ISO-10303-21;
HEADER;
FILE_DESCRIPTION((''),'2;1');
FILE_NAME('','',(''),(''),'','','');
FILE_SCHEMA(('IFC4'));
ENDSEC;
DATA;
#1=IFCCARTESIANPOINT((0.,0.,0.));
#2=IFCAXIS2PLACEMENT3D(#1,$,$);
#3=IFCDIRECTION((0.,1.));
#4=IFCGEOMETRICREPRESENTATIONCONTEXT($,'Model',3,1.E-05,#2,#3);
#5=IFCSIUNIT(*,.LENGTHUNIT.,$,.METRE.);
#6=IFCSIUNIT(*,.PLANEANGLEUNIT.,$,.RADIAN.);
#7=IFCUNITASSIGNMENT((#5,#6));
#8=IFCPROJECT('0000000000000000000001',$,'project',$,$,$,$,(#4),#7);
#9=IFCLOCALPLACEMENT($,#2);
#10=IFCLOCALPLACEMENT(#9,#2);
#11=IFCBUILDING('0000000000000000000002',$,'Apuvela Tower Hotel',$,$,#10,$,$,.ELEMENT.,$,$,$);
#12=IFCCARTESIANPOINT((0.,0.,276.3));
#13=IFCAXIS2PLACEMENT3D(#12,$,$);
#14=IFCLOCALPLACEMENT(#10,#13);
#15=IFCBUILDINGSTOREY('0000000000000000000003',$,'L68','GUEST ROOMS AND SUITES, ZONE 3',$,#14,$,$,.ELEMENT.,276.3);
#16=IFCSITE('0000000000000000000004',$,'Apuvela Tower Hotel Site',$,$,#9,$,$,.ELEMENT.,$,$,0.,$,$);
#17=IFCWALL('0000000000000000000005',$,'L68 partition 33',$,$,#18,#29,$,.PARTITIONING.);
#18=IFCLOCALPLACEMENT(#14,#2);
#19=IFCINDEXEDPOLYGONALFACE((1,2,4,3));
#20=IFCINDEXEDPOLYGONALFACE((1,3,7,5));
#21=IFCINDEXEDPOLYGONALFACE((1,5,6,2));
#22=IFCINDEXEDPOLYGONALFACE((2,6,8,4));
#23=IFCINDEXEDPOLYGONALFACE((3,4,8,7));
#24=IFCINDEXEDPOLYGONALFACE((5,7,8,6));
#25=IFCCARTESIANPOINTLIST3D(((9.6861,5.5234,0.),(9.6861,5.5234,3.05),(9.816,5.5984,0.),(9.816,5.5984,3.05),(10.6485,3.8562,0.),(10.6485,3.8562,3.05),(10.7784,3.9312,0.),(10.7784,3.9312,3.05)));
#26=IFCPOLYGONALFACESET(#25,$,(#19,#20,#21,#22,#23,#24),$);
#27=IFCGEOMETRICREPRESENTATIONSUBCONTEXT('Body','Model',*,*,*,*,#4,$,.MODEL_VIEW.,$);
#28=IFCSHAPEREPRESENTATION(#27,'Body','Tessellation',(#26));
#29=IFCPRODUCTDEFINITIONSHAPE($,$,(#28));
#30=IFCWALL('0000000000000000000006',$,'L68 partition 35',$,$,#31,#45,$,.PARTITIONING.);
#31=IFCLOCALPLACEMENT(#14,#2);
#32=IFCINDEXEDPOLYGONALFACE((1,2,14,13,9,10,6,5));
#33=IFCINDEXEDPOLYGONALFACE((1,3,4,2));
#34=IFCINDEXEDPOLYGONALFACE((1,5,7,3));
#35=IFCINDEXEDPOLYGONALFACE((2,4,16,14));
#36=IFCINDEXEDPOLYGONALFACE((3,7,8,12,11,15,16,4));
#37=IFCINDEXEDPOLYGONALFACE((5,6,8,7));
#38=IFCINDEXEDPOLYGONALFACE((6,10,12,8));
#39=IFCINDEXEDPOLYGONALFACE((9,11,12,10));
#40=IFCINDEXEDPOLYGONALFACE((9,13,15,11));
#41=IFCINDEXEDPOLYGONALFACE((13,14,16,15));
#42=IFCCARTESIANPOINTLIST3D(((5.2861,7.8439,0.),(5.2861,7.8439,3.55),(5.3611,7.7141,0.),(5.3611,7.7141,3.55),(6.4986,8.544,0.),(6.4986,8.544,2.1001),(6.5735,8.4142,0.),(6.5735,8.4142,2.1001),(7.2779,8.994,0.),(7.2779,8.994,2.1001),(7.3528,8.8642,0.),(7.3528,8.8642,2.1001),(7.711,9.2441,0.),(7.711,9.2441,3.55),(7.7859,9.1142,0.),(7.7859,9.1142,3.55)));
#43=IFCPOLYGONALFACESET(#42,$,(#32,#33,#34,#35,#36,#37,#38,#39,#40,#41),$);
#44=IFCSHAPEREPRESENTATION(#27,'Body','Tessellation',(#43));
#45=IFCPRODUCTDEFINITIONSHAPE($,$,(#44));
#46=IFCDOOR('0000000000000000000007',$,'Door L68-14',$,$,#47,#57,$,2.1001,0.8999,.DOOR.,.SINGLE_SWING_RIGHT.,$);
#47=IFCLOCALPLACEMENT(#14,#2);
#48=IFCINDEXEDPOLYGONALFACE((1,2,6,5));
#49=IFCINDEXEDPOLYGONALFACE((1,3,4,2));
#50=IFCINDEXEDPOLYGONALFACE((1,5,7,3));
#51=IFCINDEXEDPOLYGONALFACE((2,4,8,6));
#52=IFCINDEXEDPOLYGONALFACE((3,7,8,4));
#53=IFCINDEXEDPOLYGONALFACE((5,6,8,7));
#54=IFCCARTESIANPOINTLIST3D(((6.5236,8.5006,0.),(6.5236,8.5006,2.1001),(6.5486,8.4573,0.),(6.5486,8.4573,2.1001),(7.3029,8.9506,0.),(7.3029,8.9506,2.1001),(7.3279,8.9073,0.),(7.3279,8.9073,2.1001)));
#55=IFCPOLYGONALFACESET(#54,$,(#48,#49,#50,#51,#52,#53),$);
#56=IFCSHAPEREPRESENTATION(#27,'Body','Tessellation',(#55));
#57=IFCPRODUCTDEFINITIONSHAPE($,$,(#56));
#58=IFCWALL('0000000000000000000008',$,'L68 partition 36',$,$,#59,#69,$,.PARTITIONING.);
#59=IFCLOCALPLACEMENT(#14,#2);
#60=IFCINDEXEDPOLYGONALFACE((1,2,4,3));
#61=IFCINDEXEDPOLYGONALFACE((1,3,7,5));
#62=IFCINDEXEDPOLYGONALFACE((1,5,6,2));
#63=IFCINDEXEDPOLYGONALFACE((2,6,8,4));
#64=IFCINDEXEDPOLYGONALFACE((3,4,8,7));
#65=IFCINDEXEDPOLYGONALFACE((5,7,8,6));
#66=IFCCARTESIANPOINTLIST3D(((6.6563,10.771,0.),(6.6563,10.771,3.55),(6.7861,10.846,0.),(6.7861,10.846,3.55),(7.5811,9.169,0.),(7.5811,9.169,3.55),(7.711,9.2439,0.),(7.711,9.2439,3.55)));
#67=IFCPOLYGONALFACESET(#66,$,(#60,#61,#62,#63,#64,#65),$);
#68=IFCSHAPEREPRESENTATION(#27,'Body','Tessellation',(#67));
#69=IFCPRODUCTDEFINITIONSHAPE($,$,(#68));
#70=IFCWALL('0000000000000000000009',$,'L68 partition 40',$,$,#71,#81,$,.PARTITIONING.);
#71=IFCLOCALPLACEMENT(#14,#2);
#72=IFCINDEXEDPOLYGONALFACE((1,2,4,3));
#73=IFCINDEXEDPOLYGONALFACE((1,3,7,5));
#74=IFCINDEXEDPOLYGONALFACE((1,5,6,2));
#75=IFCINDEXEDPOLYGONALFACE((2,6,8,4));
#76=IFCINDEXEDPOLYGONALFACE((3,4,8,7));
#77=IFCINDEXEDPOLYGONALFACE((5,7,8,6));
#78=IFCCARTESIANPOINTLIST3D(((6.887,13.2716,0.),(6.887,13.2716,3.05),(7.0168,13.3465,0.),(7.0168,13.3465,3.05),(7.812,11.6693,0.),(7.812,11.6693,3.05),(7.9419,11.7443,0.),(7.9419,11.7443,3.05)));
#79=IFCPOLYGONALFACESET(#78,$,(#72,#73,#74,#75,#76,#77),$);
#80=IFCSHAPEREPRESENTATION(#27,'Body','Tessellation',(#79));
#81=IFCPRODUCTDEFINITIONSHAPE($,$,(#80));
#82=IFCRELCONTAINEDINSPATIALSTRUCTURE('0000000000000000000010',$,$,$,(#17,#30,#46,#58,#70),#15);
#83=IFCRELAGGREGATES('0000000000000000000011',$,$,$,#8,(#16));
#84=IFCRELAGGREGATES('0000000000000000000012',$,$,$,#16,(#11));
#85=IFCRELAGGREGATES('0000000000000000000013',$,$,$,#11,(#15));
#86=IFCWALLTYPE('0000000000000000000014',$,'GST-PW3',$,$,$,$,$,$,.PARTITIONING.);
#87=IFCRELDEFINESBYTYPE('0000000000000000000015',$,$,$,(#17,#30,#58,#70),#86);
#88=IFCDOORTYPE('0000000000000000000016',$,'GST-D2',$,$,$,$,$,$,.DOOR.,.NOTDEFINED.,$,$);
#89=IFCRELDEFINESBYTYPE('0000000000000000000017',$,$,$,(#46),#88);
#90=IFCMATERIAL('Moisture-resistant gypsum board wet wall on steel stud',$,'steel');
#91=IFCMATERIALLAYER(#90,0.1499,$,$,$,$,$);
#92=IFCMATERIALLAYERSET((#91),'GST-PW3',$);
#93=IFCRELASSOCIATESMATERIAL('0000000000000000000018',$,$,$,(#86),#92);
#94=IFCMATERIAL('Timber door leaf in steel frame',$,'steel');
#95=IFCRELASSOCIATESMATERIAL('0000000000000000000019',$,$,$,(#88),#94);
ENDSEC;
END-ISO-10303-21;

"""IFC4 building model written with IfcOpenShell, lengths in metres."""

from ifc_helpers import new_model, si_unit, direction, frame, frame_2d, origin, place, context, subcontext, project, spatial, rectangle, extrude, material, layer, layer_set, type_object, element, fill, save


model = new_model("IFC4")

# Units and contexts
model_context = context("Model", 3, precision=1e-05, world=origin(), true_north=direction((0.0, 1.0)))
body_context = subcontext(model_context, "Body", "Model", "MODEL_VIEW")
ifc_project = project(units=[si_unit("LENGTHUNIT", "METRE"), si_unit("PLANEANGLEUNIT", "RADIAN")], contexts=[model_context])

# Site, building, storey
site_placement = place(None, origin())
site = spatial("IfcSite", under=ifc_project, at=site_placement, Name="Apuvela Tower Hotel Site", CompositionType="ELEMENT", RefElevation=0.0)
building_placement = place(site_placement, origin())
building = spatial("IfcBuilding", under=site, at=building_placement, Name="Apuvela Tower Hotel", CompositionType="ELEMENT")
storey_placement = place(building_placement, frame((0.0, 0.0, 276.3)))
storey = spatial("IfcBuildingStorey", under=building, at=storey_placement, Name="L68", Description="GUEST ROOMS AND SUITES, ZONE 3", CompositionType="ELEMENT", Elevation=276.3)

# Shared definitions
ifc_material_1 = material(Name="Timber door leaf in steel frame", Category="steel")
ifc_material_2 = material(Name="Moisture-resistant gypsum board wet wall on steel stud", Category="steel")
ifc_layer_1 = layer(ifc_material_2, 0.1499)
ifc_layer_set_1 = layer_set([ifc_layer_1], Name="GST-PW3")
wall_type_1 = type_object("IfcWallType", Name="GST-PW3", PredefinedType="PARTITIONING", material=ifc_layer_set_1)
door_type_1 = type_object("IfcDoorType", Name="GST-D2", OperationType="NOTDEFINED", PredefinedType="DOOR", material=ifc_material_1)

# Wall
wall_1_placement = place(storey_placement, frame((10.7134, 3.8938, 0.0), z_axis=(0.0, 0.0, 1.0), x_axis=(-0.499931, 0.866065, 0.0)))
element("IfcWall", 1, at=wall_1_placement, inside=storey, type_object=wall_type_1, Name="L68 partition 33", PredefinedType="PARTITIONING", context=body_context, shape_type="SweptSolid", body=[
    extrude(rectangle(XDim=1.925, YDim=0.1499, at=frame_2d((0.9624, 0.0))), origin(), (0.0, 0.0, 1.0), 3.05),
])

# Wall, opening, door
wall_2_placement = place(storey_placement, frame((5.3237, 7.7791, 0.0), z_axis=(0.0, 0.0, 1.0), x_axis=(0.865997, 0.50005, 0.0)))
wall_2 = element("IfcWall", 2, at=wall_2_placement, inside=storey, type_object=wall_type_1, Name="L68 partition 35", PredefinedType="PARTITIONING", context=body_context, shape_type="SweptSolid", body=[
    extrude(rectangle(XDim=2.8, YDim=0.1499, at=frame_2d((1.3999, 0.0))), origin(), (0.0, 0.0, 1.0), 3.55),
])
opening_1_placement = place(wall_2_placement, frame((1.3999, 0.0, 0.0)))
opening_1 = element("IfcOpeningElement", 3, at=opening_1_placement, cuts=wall_2, PredefinedType="OPENING", context=body_context, shape_type="SweptSolid", body=[
    extrude(rectangle(XDim=0.8999, YDim=2.1001, at=frame_2d((0.45, 1.05))), frame((0.0, 0.085, 0.0), z_axis=(0.0, -1.0, 0.0), x_axis=(1.0, 0.0, 0.0)), (0.0, 0.0, 1.0), 0.1699),
])
door_1_placement = place(opening_1_placement, origin())
door_1 = element("IfcDoor", 4, at=door_1_placement, inside=storey, type_object=door_type_1, Name="Door L68-14", OperationType="SINGLE_SWING_RIGHT", OverallHeight=2.1001, OverallWidth=0.8999, PredefinedType="DOOR", context=body_context, shape_type="SweptSolid", body=[
    extrude(rectangle(XDim=0.8999, YDim=2.1001, at=frame_2d((0.45, 1.05))), frame((0.0, 0.0249, 0.0), z_axis=(0.0, -1.0, 0.0), x_axis=(1.0, 0.0, 0.0)), (0.0, 0.0, 1.0), 0.05),
])
fill(opening_1, door_1)

# Walls
wall_3_placement = place(storey_placement, frame((7.646, 9.2065, 0.0), z_axis=(0.0, 0.0, 1.0), x_axis=(-0.499943, 0.866058, 0.0)))
element("IfcWall", 5, at=wall_3_placement, inside=storey, type_object=wall_type_1, Name="L68 partition 36", PredefinedType="PARTITIONING", context=body_context, shape_type="SweptSolid", body=[
    extrude(rectangle(XDim=1.8499, YDim=0.1499, at=frame_2d((0.9248, 0.0))), origin(), (0.0, 0.0, 1.0), 3.55),
])
wall_4_placement = place(storey_placement, frame((7.877, 11.7068, 0.0), z_axis=(0.0, 0.0, 1.0), x_axis=(-0.499985, 0.866034, 0.0)))
element("IfcWall", 6, at=wall_4_placement, inside=storey, type_object=wall_type_1, Name="L68 partition 40", PredefinedType="PARTITIONING", context=body_context, shape_type="SweptSolid", body=[
    extrude(rectangle(XDim=1.8501, YDim=0.1499, at=frame_2d((0.925, 0.0))), origin(), (0.0, 0.0, 1.0), 3.05),
])

save(model, "model.ifc")
